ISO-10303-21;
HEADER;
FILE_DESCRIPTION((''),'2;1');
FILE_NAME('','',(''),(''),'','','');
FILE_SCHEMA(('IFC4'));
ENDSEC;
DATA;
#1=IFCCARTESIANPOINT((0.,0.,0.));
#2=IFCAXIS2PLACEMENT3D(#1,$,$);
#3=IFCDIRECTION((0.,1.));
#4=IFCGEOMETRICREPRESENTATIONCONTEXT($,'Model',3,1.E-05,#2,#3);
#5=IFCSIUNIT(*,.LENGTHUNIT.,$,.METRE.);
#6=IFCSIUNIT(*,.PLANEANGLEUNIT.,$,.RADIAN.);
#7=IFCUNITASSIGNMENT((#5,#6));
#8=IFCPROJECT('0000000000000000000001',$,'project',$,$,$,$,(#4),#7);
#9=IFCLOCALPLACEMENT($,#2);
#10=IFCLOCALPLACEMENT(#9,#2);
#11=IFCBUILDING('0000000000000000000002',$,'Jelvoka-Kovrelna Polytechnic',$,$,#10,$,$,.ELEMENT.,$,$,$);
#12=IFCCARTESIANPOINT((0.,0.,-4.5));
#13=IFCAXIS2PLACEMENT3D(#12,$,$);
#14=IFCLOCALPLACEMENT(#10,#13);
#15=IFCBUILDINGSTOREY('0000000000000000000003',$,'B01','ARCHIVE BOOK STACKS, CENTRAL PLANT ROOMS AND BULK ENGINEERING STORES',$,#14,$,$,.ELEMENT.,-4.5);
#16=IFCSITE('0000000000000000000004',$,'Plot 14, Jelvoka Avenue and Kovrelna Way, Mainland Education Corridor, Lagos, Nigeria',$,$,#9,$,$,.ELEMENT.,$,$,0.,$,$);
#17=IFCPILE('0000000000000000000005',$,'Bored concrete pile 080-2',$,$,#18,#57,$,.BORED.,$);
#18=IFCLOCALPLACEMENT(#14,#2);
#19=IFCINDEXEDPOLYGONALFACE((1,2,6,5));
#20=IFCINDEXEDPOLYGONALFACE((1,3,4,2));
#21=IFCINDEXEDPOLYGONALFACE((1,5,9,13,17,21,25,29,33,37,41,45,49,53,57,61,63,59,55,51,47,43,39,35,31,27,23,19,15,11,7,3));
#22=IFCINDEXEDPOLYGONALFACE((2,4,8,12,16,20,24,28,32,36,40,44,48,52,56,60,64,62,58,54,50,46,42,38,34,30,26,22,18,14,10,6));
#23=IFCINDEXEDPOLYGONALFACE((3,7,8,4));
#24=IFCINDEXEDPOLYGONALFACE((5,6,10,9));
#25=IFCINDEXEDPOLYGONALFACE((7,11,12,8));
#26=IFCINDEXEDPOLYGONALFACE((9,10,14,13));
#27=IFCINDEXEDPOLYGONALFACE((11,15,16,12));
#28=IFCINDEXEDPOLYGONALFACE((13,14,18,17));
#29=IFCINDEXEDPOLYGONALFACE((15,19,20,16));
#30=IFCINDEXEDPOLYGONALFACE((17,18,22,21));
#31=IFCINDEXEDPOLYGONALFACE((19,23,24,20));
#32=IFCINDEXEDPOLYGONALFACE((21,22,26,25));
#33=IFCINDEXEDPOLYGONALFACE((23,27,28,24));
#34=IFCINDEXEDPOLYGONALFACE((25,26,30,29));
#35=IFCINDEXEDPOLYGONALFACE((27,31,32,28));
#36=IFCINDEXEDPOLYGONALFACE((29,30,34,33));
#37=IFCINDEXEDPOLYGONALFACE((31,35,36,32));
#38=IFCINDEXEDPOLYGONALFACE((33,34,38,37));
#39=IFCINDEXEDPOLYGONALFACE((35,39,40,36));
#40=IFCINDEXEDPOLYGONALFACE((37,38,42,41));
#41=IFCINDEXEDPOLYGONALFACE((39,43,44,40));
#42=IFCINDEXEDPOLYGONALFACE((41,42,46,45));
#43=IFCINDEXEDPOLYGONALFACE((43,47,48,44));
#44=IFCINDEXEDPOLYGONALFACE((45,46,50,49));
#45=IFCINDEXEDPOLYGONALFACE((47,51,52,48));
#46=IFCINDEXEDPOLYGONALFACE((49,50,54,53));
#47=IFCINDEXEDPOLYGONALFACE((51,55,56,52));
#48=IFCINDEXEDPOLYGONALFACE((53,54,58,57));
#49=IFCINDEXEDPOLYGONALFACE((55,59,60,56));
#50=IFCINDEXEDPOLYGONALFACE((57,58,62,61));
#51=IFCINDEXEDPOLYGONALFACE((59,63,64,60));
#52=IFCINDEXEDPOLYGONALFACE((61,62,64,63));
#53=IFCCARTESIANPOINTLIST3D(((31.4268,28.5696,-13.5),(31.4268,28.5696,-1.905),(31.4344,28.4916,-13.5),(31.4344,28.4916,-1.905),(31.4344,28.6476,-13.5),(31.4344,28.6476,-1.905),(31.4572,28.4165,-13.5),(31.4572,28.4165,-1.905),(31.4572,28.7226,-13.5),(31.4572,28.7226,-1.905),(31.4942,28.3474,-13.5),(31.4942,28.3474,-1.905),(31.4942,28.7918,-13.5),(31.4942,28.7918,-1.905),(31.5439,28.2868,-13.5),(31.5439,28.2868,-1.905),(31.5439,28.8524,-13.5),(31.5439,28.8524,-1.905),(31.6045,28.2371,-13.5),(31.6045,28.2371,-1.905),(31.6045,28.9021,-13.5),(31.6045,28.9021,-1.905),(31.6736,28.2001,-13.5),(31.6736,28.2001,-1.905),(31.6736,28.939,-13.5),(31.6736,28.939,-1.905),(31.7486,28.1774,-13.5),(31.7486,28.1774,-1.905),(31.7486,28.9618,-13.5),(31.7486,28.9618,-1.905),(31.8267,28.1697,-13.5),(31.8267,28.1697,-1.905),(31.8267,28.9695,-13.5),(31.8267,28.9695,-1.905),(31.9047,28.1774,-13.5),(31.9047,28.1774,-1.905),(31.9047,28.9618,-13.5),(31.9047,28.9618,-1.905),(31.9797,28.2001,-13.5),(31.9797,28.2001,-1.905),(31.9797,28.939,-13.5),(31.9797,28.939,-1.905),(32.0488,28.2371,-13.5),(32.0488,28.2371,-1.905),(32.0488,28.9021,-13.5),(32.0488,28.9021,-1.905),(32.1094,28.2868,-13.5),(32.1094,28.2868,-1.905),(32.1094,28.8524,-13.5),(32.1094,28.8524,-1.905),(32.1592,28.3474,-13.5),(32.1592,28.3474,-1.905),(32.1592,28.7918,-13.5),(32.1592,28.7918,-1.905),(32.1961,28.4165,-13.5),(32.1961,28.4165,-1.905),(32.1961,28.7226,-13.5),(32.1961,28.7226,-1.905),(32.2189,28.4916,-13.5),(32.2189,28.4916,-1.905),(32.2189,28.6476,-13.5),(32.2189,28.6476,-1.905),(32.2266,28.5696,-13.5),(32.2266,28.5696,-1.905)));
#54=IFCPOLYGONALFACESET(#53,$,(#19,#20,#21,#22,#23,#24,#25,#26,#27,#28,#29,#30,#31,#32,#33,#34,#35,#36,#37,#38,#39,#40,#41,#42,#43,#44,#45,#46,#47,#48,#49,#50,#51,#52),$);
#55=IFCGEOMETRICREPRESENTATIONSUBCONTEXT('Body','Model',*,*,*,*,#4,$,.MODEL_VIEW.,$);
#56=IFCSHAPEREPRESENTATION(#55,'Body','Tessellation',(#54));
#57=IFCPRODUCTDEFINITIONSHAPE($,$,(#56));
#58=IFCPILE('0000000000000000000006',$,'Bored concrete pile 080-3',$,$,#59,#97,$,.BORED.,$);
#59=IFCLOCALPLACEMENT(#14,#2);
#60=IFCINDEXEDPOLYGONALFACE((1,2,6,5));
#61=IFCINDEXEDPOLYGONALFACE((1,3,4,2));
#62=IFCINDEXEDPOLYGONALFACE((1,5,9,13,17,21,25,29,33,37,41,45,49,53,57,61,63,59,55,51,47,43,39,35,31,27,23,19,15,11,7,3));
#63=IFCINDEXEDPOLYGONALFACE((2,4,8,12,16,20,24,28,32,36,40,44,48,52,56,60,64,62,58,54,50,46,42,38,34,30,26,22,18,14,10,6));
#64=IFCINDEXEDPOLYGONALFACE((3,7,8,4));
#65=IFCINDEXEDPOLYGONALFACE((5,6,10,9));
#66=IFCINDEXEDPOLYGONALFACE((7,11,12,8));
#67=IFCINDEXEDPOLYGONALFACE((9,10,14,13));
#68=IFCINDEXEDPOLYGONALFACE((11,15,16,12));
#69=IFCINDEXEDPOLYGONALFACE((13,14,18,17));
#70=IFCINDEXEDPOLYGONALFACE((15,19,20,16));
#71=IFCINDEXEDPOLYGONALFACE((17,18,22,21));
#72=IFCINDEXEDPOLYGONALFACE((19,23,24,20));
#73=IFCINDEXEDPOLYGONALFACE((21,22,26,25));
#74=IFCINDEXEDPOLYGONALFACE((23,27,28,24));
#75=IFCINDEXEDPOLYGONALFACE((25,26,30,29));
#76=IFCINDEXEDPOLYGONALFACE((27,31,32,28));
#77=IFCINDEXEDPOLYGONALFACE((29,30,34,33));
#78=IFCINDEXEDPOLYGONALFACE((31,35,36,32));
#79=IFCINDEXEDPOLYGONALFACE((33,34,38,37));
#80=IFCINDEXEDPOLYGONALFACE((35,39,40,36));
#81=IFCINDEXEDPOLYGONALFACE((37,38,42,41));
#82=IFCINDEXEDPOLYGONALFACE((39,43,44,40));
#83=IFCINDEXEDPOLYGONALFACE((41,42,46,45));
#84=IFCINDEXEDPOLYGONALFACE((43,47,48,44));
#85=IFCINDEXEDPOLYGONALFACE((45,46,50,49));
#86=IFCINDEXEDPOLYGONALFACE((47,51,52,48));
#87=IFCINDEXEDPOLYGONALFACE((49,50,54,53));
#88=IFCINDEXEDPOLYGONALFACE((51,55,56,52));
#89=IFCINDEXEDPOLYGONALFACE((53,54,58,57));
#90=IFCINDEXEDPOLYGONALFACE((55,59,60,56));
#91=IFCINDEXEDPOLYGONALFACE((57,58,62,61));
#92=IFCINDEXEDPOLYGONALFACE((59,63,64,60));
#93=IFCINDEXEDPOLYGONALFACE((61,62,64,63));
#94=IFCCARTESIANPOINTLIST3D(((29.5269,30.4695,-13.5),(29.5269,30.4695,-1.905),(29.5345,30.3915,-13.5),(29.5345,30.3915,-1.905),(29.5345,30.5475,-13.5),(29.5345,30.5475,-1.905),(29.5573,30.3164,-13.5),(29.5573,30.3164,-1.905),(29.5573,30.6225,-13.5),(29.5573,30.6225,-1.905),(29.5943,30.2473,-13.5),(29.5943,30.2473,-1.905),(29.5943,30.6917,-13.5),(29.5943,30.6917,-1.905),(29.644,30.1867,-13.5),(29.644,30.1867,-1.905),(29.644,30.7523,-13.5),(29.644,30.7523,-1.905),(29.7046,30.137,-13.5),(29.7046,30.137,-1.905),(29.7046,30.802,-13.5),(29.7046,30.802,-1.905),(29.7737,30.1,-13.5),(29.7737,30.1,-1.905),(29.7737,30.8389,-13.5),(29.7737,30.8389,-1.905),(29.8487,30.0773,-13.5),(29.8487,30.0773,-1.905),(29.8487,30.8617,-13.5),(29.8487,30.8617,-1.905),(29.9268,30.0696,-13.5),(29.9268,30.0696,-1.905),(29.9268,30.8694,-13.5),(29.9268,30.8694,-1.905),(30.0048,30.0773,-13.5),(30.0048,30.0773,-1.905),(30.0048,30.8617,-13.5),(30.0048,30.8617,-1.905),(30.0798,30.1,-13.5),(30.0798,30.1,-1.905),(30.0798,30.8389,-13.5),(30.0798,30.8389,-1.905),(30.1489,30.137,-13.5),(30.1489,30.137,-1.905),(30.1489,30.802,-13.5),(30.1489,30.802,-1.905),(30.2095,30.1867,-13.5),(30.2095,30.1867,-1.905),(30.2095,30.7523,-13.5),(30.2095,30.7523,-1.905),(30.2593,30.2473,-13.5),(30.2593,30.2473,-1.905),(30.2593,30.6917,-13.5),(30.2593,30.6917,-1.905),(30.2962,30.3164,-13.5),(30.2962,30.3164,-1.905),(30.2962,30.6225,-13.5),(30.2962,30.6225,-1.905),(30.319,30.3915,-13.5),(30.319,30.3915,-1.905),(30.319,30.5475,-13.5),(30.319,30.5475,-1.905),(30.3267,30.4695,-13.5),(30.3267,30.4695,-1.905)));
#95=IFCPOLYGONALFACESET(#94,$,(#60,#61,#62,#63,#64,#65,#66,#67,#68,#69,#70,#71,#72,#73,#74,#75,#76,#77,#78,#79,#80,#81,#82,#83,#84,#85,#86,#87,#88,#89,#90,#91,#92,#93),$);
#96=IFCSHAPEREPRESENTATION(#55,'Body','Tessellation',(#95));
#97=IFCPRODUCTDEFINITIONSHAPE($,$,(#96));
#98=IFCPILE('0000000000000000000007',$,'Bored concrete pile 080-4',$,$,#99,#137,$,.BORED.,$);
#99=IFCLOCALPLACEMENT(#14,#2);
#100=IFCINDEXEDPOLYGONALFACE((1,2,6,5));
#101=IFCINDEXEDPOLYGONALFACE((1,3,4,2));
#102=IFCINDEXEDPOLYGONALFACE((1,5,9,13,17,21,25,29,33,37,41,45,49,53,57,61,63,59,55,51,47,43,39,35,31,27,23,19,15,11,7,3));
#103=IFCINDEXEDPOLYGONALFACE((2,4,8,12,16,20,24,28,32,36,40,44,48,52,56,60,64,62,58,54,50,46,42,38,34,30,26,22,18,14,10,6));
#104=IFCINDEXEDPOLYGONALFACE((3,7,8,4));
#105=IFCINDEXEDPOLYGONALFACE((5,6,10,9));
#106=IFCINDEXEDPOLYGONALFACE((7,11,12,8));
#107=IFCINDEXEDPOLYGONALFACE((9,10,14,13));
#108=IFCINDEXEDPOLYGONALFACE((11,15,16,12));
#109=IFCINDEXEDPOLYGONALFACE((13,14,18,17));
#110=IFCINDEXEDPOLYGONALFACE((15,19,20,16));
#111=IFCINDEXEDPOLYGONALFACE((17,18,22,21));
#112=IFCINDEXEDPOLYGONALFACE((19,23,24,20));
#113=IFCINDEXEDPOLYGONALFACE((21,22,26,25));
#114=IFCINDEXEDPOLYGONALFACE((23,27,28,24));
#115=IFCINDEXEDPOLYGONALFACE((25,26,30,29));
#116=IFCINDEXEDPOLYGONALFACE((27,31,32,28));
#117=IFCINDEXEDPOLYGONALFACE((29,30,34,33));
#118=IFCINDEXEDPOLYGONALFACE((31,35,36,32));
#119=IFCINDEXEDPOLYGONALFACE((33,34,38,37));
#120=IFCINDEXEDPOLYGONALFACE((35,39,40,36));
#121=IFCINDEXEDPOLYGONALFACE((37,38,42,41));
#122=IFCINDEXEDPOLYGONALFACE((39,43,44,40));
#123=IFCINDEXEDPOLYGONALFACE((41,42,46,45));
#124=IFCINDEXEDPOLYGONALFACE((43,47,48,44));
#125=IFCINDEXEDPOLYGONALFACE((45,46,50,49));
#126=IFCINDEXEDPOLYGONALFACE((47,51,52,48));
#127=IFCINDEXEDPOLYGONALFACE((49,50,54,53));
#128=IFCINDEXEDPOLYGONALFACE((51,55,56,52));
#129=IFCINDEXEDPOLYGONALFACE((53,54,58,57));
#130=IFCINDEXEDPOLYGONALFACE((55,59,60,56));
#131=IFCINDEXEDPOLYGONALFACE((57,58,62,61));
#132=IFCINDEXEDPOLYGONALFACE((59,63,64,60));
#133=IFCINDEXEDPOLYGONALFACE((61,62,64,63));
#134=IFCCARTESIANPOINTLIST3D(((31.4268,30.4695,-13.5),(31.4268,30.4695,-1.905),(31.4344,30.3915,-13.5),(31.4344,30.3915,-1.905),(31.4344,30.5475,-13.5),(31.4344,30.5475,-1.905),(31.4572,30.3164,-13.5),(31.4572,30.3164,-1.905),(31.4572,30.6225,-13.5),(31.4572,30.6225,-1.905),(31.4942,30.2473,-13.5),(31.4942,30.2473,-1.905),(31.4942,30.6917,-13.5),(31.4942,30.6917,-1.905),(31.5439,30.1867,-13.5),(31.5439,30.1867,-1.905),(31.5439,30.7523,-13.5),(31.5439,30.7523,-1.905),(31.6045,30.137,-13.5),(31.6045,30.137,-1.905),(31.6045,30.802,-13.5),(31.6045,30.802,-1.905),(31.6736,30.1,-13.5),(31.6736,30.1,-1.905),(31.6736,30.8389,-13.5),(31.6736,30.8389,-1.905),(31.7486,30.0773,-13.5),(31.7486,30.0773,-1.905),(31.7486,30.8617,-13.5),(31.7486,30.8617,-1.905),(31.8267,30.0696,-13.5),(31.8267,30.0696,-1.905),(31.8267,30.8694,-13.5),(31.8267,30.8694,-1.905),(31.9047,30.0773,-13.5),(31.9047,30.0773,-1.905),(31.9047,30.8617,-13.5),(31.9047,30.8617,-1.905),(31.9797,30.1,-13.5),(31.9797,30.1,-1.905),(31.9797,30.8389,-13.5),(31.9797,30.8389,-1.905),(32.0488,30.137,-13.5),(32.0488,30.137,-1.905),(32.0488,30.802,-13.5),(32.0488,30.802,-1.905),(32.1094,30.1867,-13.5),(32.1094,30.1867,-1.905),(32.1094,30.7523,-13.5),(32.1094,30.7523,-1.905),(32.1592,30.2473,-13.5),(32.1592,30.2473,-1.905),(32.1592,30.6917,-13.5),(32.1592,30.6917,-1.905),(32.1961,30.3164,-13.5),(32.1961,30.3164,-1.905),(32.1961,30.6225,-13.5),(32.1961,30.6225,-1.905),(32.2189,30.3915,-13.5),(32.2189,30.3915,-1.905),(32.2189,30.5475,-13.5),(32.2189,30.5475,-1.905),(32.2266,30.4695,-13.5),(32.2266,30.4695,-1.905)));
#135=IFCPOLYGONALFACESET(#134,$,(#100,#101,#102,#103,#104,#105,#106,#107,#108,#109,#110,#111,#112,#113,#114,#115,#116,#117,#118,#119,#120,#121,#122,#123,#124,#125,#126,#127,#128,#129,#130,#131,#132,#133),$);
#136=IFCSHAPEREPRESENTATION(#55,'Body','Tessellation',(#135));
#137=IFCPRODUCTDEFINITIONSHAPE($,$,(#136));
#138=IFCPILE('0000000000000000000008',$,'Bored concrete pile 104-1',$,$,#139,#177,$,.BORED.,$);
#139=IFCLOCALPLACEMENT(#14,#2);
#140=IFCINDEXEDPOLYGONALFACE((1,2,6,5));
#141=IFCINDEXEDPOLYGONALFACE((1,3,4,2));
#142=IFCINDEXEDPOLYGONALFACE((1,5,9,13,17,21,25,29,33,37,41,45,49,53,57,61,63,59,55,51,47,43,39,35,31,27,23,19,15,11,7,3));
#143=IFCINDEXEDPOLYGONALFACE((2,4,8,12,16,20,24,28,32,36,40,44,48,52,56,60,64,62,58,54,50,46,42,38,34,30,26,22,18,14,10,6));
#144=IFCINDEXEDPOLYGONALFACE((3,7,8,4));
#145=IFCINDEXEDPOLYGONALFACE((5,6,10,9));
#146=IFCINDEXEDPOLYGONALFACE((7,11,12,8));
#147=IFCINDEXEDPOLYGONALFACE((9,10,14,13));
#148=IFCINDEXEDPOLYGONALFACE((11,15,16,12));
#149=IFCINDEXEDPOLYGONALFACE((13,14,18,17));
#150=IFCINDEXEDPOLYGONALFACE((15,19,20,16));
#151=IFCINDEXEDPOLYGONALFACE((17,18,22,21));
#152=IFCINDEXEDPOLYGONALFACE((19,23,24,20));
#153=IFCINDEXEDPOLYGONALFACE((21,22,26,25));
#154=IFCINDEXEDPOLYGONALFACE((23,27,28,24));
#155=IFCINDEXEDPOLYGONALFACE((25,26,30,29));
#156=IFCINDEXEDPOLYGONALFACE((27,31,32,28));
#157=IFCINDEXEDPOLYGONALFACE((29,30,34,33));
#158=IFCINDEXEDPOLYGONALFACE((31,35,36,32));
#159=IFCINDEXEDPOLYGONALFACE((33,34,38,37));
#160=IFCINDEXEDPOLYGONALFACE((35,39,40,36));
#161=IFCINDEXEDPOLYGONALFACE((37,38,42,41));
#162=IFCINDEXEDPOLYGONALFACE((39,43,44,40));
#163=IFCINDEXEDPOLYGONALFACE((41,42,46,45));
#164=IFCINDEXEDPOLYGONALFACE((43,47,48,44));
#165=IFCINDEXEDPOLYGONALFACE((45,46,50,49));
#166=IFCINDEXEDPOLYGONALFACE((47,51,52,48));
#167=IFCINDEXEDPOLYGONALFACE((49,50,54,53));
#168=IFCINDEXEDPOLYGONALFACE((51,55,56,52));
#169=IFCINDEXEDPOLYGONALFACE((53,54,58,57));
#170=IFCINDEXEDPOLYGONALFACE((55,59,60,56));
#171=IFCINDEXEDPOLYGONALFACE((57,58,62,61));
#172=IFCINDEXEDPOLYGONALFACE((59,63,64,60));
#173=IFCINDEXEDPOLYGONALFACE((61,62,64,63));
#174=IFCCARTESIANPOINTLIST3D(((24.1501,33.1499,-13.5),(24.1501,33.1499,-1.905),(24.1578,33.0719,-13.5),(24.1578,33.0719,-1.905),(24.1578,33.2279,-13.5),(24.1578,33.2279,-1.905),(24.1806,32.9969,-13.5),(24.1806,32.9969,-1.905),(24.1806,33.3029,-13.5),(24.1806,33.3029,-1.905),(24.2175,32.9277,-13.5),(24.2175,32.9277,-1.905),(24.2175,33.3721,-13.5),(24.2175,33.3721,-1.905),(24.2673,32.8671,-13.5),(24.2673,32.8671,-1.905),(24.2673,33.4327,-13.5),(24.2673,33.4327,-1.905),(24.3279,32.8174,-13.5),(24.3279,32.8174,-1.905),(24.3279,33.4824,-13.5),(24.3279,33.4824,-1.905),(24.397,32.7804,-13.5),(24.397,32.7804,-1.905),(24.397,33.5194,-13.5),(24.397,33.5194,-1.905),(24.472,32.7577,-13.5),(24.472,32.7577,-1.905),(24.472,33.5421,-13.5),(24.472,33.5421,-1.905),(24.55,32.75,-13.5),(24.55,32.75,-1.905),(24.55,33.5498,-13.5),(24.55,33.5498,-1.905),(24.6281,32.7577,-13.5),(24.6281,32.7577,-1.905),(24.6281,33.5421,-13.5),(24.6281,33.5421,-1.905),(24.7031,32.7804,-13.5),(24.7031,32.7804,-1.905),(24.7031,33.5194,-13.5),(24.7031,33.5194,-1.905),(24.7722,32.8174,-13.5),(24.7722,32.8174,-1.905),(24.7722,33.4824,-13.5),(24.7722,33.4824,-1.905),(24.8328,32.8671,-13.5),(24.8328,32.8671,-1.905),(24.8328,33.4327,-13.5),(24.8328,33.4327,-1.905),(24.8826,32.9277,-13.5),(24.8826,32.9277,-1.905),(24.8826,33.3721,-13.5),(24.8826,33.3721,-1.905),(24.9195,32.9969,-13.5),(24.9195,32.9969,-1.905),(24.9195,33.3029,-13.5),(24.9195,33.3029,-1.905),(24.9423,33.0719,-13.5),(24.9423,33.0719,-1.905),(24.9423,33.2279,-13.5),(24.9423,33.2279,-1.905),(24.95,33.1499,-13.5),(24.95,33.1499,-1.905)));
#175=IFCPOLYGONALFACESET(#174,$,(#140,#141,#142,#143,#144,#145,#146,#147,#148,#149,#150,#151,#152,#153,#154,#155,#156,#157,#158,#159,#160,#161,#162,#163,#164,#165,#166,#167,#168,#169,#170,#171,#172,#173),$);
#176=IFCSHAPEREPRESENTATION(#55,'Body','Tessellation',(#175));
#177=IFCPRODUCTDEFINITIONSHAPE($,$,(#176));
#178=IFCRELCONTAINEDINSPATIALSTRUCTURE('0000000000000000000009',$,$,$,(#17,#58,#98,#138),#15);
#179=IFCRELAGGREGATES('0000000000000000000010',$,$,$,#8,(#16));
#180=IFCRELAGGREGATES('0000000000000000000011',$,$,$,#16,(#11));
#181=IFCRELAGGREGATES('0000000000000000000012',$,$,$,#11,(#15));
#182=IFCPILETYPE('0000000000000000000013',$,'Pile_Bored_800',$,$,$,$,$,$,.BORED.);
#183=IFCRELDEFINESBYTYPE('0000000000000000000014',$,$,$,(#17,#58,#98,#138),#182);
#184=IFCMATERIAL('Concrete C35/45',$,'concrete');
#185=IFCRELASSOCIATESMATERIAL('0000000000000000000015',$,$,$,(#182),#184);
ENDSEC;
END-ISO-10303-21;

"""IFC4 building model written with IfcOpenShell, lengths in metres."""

from ifc_helpers import new_model, si_unit, direction, frame, origin, origin_2d, place, context, subcontext, project, spatial, circle, extrude, material, material_profile, profile_set, type_object, element, save


model = new_model("IFC4")

# Units and contexts
model_context = context("Model", 3, precision=1e-05, world=origin(), true_north=direction((0.0, 1.0)))
body_context = subcontext(model_context, "Body", "Model", "MODEL_VIEW")
ifc_project = project(units=[si_unit("LENGTHUNIT", "METRE"), si_unit("PLANEANGLEUNIT", "RADIAN")], contexts=[model_context])

# Site, building, storey
site_placement = place(None, origin())
site = spatial("IfcSite", under=ifc_project, at=site_placement, Name="Plot 14, Jelvoka Avenue and Kovrelna Way, Mainland Education Corridor, Lagos, Nigeria", CompositionType="ELEMENT", RefElevation=0.0)
building_placement = place(site_placement, origin())
building = spatial("IfcBuilding", under=site, at=building_placement, Name="Jelvoka-Kovrelna Polytechnic", CompositionType="ELEMENT")
storey_placement = place(building_placement, frame((0.0, 0.0, -4.5)))
storey = spatial("IfcBuildingStorey", under=building, at=storey_placement, Name="B01", Description="ARCHIVE BOOK STACKS, CENTRAL PLANT ROOMS AND BULK ENGINEERING STORES", CompositionType="ELEMENT", Elevation=-4.5)

# Piles
ifc_material_1 = material(Name="Concrete C35/45", Category="concrete")
ifc_material_profile_1 = material_profile(ifc_material_1, circle(Radius=0.3999, at=origin_2d()), Name="PILE D800")
ifc_profile_set_1 = profile_set([ifc_material_profile_1], Name="Concrete C35/45")
pile_type = type_object("IfcPileType", Name="Pile_Bored_800", PredefinedType="BORED", material=ifc_profile_set_1)
for number, where, z_axis, x_axis, name in (
    (1, (31.8267, 28.5696, -1.905), (0.0, 0.0, -1.0), (1.0, 0.0, 0.0), "Bored concrete pile 080-2"),
    (2, (29.9268, 30.4695, -1.905), (0.0, 0.0, -1.0), (1.0, 0.0, 0.0), "Bored concrete pile 080-3"),
    (3, (31.8267, 30.4695, -1.905), (0.0, 0.0, -1.0), (1.0, 0.0, 0.0), "Bored concrete pile 080-4"),
    (4, (24.55, 33.1499, -1.905), (0.0, 0.0, -1.0), (1.0, 0.0, 0.0), "Bored concrete pile 104-1"),
):
    element("IfcPile", number, at=place(storey_placement, frame(where, z_axis=z_axis, x_axis=x_axis)), inside=storey, type_object=pile_type, Name=name, PredefinedType="BORED", context=body_context, shape_type="SweptSolid", body=[
        extrude(circle(Radius=0.3999, at=origin_2d()), origin(), (0.0, 0.0, 1.0), 11.595),
    ])

save(model, "model.ifc")
